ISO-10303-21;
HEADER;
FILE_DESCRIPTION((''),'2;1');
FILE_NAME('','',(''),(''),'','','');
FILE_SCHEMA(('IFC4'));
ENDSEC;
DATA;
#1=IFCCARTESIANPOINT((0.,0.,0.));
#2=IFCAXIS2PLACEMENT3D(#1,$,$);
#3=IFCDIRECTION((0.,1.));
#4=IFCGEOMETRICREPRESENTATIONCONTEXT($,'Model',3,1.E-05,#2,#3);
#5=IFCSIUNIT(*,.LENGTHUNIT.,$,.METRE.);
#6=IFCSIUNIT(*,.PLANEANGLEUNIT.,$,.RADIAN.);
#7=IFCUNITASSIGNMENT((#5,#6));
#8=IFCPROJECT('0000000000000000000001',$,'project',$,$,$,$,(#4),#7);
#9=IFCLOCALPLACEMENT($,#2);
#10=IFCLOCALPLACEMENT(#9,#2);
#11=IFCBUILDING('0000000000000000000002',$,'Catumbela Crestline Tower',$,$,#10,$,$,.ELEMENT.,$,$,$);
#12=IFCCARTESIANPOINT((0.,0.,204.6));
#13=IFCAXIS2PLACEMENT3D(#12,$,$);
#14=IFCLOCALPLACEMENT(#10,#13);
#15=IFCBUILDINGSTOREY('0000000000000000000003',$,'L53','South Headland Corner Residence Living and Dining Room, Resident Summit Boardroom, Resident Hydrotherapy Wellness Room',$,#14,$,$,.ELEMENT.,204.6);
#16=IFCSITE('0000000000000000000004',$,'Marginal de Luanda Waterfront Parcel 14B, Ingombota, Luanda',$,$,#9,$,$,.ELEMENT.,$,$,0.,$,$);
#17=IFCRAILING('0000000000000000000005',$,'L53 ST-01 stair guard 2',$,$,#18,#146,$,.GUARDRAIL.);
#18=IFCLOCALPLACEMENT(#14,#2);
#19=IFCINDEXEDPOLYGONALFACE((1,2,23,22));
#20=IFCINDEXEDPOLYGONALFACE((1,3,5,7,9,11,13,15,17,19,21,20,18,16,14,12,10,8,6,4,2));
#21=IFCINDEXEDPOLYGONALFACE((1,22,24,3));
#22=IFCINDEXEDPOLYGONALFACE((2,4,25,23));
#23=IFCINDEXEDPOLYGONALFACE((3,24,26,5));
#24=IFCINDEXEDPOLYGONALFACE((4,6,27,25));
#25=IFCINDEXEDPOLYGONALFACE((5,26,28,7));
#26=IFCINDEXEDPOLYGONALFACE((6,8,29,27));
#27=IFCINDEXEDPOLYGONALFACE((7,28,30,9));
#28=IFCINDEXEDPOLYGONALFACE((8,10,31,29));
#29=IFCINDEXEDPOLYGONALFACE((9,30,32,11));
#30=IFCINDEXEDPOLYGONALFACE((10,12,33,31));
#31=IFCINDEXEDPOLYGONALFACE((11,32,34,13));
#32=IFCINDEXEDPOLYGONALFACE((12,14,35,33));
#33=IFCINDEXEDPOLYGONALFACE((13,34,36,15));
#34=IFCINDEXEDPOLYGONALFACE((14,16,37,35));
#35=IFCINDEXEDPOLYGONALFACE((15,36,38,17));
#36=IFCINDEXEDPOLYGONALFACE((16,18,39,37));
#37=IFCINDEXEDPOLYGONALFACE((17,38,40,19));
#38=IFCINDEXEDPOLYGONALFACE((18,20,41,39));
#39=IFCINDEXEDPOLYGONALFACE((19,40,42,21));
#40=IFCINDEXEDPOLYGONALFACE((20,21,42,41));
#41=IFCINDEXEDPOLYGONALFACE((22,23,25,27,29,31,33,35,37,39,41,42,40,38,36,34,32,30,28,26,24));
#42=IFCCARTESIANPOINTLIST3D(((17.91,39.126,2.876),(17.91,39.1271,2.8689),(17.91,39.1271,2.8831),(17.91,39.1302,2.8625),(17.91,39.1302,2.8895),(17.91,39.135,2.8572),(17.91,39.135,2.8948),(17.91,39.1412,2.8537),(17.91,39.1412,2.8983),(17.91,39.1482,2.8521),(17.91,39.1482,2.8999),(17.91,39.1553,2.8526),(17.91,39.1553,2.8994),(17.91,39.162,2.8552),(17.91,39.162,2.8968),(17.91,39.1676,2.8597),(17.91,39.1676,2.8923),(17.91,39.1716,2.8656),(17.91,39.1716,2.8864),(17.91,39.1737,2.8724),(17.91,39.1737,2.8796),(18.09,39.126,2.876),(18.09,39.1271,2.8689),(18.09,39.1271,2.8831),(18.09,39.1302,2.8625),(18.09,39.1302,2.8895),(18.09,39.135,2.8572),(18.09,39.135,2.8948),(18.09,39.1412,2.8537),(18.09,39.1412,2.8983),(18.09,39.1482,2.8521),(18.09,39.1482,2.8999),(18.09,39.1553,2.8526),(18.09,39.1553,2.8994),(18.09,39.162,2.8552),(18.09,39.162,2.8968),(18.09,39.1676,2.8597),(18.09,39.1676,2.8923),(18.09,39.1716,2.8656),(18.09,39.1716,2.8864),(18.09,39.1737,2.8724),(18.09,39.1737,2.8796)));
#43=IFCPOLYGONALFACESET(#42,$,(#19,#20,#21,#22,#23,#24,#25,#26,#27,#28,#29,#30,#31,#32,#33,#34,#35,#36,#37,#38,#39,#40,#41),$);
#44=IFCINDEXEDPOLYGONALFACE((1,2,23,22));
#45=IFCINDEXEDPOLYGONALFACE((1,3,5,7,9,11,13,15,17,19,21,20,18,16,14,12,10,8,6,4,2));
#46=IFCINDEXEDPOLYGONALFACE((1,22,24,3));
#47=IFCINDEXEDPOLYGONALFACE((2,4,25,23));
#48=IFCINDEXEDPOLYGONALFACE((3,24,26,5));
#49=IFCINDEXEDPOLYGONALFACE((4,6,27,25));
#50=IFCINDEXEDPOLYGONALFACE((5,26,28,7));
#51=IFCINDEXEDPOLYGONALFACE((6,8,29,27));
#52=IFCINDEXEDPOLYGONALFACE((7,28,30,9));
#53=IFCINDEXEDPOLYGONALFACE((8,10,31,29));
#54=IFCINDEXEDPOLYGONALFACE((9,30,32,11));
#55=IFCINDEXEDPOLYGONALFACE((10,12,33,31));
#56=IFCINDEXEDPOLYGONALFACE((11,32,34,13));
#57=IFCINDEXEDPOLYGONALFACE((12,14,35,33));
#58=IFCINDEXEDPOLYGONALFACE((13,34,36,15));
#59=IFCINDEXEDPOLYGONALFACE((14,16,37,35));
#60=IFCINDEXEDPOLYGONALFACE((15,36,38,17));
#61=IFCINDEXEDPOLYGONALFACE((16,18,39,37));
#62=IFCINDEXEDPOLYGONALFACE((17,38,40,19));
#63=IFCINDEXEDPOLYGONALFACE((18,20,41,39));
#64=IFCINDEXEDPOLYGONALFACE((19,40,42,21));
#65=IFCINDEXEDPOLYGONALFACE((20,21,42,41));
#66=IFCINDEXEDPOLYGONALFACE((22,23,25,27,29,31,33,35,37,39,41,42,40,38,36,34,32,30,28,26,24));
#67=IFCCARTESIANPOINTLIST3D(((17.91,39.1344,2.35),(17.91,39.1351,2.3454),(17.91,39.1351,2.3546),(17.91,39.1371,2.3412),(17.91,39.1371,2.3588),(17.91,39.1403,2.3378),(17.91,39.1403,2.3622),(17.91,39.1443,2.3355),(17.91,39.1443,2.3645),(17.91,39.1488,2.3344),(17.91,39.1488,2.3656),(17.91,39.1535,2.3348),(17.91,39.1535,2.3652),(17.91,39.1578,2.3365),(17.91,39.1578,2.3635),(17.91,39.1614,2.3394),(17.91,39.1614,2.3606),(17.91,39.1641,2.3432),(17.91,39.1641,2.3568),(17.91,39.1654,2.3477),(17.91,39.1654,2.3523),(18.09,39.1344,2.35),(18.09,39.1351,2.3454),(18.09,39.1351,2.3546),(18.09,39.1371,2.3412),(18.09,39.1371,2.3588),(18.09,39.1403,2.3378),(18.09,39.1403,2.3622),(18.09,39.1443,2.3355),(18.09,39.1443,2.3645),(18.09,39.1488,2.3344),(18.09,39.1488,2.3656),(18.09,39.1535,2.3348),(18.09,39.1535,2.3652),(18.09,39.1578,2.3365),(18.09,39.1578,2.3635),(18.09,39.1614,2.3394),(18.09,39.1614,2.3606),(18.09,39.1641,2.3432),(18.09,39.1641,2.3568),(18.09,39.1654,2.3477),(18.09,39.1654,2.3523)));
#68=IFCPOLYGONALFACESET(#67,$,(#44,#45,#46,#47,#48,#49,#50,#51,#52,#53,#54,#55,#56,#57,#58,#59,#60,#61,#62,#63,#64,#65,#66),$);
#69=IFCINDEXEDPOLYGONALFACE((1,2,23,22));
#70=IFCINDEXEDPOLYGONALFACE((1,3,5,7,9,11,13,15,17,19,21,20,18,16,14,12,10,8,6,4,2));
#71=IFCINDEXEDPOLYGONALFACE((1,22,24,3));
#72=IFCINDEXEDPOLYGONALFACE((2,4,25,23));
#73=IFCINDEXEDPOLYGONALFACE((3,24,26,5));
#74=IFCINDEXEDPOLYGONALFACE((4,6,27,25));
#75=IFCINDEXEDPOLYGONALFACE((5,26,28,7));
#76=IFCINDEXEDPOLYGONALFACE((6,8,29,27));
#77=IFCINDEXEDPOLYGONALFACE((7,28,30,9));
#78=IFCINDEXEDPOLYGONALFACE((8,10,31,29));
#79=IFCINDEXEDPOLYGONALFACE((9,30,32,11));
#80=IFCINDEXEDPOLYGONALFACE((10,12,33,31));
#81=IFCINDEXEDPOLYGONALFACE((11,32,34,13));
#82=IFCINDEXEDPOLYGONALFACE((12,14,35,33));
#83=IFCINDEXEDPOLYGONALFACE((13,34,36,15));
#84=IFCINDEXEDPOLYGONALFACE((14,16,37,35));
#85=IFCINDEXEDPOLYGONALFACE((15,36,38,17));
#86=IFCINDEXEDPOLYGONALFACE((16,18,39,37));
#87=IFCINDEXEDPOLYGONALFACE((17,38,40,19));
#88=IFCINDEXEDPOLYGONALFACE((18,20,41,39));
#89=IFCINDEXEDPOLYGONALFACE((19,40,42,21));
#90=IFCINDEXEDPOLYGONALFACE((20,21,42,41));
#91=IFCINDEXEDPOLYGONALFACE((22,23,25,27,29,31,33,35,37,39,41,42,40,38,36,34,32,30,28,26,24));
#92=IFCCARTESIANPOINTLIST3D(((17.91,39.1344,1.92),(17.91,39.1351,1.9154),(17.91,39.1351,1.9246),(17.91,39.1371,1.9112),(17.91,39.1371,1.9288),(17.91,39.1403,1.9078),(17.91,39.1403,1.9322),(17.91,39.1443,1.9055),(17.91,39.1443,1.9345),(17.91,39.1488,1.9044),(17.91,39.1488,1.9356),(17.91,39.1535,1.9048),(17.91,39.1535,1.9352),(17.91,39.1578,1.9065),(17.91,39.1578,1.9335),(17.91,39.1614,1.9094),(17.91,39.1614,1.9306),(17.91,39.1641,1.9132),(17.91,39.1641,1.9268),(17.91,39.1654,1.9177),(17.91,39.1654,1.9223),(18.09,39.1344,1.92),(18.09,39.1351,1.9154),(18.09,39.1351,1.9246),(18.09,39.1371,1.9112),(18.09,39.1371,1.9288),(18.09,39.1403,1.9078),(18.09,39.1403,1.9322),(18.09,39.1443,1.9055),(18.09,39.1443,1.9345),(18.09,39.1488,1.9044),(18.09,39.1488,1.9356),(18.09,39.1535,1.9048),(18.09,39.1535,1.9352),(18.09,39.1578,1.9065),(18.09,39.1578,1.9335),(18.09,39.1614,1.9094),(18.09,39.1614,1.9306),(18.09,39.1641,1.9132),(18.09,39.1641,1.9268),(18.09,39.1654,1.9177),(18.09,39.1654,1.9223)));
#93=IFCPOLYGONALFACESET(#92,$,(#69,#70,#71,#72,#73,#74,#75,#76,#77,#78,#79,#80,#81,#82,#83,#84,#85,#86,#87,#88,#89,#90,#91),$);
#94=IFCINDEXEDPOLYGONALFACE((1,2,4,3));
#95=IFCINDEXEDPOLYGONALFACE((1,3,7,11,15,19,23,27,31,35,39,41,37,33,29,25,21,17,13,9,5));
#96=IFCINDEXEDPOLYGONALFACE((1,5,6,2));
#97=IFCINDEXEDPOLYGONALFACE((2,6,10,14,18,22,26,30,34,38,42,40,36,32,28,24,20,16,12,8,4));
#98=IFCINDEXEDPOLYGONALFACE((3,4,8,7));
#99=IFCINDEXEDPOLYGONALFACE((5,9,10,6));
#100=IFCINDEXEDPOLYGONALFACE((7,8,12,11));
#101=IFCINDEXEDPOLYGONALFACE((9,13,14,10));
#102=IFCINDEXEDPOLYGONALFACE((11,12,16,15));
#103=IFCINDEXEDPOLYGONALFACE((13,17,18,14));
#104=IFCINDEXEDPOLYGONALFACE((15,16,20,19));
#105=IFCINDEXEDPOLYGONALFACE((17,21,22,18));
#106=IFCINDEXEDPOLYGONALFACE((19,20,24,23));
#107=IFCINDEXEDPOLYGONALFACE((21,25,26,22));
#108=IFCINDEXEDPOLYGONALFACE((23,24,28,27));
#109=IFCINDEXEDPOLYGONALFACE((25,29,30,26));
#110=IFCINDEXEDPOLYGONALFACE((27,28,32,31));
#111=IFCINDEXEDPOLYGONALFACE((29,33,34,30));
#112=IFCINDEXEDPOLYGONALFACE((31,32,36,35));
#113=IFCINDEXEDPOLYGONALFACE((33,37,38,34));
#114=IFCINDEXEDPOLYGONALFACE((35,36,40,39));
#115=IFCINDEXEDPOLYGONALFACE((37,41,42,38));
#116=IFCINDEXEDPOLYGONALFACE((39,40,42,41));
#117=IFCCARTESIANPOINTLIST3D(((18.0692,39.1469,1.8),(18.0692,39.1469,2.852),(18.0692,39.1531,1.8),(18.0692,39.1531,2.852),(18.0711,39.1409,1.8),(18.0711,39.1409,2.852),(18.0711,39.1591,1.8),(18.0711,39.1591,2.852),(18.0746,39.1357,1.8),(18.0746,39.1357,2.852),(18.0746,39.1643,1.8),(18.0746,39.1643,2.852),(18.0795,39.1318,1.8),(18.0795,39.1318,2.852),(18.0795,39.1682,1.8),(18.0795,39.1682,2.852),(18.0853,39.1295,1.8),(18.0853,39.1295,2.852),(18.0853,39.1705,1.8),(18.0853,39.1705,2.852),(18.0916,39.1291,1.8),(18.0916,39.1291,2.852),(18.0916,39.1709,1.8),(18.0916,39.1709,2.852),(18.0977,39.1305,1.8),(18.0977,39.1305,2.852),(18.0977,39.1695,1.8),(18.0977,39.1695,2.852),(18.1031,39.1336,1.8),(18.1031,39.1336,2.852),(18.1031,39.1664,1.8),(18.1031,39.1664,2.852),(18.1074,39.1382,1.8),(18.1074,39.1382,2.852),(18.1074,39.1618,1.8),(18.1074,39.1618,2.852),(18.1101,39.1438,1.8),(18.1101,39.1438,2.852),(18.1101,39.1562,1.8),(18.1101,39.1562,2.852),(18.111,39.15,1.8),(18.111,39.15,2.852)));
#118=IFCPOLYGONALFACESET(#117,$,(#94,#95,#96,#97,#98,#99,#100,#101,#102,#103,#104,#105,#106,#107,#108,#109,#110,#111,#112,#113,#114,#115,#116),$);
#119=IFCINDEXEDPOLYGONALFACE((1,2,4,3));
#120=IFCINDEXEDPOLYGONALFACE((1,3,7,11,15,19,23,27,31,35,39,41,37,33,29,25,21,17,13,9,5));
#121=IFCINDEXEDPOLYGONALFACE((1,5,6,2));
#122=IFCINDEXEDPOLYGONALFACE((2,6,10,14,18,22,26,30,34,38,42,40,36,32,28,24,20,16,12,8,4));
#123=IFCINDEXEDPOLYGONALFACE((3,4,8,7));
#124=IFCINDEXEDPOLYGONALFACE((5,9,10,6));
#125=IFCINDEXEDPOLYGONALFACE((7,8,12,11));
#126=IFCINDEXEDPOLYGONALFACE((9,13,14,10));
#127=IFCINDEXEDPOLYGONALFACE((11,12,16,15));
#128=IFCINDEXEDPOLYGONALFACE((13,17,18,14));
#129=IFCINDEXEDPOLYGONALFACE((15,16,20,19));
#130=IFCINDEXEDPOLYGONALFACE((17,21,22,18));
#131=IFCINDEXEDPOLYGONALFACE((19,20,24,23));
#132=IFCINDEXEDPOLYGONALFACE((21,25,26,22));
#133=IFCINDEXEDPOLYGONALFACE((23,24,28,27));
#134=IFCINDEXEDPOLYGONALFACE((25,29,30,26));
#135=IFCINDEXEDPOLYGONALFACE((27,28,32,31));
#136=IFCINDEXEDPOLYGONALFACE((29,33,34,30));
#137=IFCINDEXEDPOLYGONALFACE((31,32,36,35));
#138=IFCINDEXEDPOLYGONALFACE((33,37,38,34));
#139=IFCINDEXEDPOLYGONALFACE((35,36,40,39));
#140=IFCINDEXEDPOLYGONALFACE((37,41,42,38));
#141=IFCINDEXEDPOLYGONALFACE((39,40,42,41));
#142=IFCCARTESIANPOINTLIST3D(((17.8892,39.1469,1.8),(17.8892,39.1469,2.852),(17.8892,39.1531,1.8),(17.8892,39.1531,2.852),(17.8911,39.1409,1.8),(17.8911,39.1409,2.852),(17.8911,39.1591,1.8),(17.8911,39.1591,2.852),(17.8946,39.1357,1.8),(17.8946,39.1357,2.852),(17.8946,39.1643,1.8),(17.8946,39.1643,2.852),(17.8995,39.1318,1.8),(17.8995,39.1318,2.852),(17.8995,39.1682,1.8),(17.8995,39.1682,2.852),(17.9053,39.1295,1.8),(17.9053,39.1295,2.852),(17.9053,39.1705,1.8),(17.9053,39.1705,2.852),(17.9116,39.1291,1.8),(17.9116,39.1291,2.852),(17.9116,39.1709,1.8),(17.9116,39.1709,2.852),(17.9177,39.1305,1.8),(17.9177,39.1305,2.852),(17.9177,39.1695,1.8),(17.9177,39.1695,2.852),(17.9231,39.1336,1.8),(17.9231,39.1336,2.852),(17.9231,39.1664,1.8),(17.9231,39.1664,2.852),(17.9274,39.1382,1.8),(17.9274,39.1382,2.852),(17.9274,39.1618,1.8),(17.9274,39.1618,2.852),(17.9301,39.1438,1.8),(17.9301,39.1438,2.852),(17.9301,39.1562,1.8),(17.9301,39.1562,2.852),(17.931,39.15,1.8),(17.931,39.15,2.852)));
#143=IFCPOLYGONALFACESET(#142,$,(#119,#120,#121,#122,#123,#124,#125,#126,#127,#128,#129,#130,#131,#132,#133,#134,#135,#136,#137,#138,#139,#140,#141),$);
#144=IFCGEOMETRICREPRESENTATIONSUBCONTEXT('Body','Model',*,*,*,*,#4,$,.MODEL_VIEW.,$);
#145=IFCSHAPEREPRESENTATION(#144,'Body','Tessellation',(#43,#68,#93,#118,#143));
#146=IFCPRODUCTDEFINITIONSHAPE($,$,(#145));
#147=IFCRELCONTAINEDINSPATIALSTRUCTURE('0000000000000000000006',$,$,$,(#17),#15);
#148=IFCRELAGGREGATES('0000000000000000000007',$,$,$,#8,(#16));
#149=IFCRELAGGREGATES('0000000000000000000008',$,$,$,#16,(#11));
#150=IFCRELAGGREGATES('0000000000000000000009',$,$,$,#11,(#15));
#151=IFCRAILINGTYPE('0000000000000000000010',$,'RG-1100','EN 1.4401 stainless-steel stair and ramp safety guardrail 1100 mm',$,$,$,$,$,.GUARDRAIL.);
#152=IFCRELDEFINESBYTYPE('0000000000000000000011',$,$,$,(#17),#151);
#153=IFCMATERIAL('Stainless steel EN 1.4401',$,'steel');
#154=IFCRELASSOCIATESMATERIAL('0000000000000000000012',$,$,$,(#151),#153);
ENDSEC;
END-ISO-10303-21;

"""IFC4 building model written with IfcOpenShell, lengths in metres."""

from ifc_helpers import new_model, si_unit, direction, frame, origin, origin_2d, place, context, subcontext, project, spatial, circle, extrude, material, type_object, element, save


model = new_model("IFC4")

# Units and contexts
model_context = context("Model", 3, precision=1e-05, world=origin(), true_north=direction((0.0, 1.0)))
body_context = subcontext(model_context, "Body", "Model", "MODEL_VIEW")
ifc_project = project(units=[si_unit("LENGTHUNIT", "METRE"), si_unit("PLANEANGLEUNIT", "RADIAN")], contexts=[model_context])

# Site, building, storey
site_placement = place(None, origin())
site = spatial("IfcSite", under=ifc_project, at=site_placement, Name="Marginal de Luanda Waterfront Parcel 14B, Ingombota, Luanda", CompositionType="ELEMENT", RefElevation=0.0)
building_placement = place(site_placement, origin())
building = spatial("IfcBuilding", under=site, at=building_placement, Name="Catumbela Crestline Tower", CompositionType="ELEMENT")
storey_placement = place(building_placement, frame((0.0, 0.0, 204.6)))
storey = spatial("IfcBuildingStorey", under=building, at=storey_placement, Name="L53", Description="South Headland Corner Residence Living and Dining Room, Resident Summit Boardroom, Resident Hydrotherapy Wellness Room", CompositionType="ELEMENT", Elevation=204.6)

# Shared definitions
ifc_material_1 = material(Name="Stainless steel EN 1.4401", Category="steel")

# Railing
railing_type_1 = type_object("IfcRailingType", Name="RG-1100", Description="EN 1.4401 stainless-steel stair and ramp safety guardrail 1100 mm", PredefinedType="GUARDRAIL", material=ifc_material_1)
railing_1_placement = place(storey_placement, frame((18.09, 39.15, 1.8)))
element("IfcRailing", 1, at=railing_1_placement, inside=storey, type_object=railing_type_1, Name="L53 ST-01 stair guard 2", PredefinedType="GUARDRAIL", context=body_context, shape_type="SweptSolid", body=[
    extrude(circle(Radius=0.024, at=origin_2d()), frame((0.0, 0.0, 1.076), z_axis=(-1.0, 0.0, 0.0), x_axis=(0.0, -1.0, 0.0)), (0.0, 0.0, 1.0), 0.18),
    extrude(circle(Radius=0.0156, at=origin_2d()), frame((0.0, 0.0, 0.55), z_axis=(-1.0, 0.0, 0.0), x_axis=(0.0, -1.0, 0.0)), (0.0, 0.0, 1.0), 0.18),
    extrude(circle(Radius=0.0156, at=origin_2d()), frame((0.0, 0.0, 0.12), z_axis=(-1.0, 0.0, 0.0), x_axis=(0.0, -1.0, 0.0)), (0.0, 0.0, 1.0), 0.18),
    extrude(circle(Radius=0.021, at=origin_2d()), origin(), (0.0, 0.0, 1.0), 1.052),
    extrude(circle(Radius=0.021, at=origin_2d()), frame((-0.18, 0.0, 0.0)), (0.0, 0.0, 1.0), 1.052),
])

save(model, "model.ifc")
